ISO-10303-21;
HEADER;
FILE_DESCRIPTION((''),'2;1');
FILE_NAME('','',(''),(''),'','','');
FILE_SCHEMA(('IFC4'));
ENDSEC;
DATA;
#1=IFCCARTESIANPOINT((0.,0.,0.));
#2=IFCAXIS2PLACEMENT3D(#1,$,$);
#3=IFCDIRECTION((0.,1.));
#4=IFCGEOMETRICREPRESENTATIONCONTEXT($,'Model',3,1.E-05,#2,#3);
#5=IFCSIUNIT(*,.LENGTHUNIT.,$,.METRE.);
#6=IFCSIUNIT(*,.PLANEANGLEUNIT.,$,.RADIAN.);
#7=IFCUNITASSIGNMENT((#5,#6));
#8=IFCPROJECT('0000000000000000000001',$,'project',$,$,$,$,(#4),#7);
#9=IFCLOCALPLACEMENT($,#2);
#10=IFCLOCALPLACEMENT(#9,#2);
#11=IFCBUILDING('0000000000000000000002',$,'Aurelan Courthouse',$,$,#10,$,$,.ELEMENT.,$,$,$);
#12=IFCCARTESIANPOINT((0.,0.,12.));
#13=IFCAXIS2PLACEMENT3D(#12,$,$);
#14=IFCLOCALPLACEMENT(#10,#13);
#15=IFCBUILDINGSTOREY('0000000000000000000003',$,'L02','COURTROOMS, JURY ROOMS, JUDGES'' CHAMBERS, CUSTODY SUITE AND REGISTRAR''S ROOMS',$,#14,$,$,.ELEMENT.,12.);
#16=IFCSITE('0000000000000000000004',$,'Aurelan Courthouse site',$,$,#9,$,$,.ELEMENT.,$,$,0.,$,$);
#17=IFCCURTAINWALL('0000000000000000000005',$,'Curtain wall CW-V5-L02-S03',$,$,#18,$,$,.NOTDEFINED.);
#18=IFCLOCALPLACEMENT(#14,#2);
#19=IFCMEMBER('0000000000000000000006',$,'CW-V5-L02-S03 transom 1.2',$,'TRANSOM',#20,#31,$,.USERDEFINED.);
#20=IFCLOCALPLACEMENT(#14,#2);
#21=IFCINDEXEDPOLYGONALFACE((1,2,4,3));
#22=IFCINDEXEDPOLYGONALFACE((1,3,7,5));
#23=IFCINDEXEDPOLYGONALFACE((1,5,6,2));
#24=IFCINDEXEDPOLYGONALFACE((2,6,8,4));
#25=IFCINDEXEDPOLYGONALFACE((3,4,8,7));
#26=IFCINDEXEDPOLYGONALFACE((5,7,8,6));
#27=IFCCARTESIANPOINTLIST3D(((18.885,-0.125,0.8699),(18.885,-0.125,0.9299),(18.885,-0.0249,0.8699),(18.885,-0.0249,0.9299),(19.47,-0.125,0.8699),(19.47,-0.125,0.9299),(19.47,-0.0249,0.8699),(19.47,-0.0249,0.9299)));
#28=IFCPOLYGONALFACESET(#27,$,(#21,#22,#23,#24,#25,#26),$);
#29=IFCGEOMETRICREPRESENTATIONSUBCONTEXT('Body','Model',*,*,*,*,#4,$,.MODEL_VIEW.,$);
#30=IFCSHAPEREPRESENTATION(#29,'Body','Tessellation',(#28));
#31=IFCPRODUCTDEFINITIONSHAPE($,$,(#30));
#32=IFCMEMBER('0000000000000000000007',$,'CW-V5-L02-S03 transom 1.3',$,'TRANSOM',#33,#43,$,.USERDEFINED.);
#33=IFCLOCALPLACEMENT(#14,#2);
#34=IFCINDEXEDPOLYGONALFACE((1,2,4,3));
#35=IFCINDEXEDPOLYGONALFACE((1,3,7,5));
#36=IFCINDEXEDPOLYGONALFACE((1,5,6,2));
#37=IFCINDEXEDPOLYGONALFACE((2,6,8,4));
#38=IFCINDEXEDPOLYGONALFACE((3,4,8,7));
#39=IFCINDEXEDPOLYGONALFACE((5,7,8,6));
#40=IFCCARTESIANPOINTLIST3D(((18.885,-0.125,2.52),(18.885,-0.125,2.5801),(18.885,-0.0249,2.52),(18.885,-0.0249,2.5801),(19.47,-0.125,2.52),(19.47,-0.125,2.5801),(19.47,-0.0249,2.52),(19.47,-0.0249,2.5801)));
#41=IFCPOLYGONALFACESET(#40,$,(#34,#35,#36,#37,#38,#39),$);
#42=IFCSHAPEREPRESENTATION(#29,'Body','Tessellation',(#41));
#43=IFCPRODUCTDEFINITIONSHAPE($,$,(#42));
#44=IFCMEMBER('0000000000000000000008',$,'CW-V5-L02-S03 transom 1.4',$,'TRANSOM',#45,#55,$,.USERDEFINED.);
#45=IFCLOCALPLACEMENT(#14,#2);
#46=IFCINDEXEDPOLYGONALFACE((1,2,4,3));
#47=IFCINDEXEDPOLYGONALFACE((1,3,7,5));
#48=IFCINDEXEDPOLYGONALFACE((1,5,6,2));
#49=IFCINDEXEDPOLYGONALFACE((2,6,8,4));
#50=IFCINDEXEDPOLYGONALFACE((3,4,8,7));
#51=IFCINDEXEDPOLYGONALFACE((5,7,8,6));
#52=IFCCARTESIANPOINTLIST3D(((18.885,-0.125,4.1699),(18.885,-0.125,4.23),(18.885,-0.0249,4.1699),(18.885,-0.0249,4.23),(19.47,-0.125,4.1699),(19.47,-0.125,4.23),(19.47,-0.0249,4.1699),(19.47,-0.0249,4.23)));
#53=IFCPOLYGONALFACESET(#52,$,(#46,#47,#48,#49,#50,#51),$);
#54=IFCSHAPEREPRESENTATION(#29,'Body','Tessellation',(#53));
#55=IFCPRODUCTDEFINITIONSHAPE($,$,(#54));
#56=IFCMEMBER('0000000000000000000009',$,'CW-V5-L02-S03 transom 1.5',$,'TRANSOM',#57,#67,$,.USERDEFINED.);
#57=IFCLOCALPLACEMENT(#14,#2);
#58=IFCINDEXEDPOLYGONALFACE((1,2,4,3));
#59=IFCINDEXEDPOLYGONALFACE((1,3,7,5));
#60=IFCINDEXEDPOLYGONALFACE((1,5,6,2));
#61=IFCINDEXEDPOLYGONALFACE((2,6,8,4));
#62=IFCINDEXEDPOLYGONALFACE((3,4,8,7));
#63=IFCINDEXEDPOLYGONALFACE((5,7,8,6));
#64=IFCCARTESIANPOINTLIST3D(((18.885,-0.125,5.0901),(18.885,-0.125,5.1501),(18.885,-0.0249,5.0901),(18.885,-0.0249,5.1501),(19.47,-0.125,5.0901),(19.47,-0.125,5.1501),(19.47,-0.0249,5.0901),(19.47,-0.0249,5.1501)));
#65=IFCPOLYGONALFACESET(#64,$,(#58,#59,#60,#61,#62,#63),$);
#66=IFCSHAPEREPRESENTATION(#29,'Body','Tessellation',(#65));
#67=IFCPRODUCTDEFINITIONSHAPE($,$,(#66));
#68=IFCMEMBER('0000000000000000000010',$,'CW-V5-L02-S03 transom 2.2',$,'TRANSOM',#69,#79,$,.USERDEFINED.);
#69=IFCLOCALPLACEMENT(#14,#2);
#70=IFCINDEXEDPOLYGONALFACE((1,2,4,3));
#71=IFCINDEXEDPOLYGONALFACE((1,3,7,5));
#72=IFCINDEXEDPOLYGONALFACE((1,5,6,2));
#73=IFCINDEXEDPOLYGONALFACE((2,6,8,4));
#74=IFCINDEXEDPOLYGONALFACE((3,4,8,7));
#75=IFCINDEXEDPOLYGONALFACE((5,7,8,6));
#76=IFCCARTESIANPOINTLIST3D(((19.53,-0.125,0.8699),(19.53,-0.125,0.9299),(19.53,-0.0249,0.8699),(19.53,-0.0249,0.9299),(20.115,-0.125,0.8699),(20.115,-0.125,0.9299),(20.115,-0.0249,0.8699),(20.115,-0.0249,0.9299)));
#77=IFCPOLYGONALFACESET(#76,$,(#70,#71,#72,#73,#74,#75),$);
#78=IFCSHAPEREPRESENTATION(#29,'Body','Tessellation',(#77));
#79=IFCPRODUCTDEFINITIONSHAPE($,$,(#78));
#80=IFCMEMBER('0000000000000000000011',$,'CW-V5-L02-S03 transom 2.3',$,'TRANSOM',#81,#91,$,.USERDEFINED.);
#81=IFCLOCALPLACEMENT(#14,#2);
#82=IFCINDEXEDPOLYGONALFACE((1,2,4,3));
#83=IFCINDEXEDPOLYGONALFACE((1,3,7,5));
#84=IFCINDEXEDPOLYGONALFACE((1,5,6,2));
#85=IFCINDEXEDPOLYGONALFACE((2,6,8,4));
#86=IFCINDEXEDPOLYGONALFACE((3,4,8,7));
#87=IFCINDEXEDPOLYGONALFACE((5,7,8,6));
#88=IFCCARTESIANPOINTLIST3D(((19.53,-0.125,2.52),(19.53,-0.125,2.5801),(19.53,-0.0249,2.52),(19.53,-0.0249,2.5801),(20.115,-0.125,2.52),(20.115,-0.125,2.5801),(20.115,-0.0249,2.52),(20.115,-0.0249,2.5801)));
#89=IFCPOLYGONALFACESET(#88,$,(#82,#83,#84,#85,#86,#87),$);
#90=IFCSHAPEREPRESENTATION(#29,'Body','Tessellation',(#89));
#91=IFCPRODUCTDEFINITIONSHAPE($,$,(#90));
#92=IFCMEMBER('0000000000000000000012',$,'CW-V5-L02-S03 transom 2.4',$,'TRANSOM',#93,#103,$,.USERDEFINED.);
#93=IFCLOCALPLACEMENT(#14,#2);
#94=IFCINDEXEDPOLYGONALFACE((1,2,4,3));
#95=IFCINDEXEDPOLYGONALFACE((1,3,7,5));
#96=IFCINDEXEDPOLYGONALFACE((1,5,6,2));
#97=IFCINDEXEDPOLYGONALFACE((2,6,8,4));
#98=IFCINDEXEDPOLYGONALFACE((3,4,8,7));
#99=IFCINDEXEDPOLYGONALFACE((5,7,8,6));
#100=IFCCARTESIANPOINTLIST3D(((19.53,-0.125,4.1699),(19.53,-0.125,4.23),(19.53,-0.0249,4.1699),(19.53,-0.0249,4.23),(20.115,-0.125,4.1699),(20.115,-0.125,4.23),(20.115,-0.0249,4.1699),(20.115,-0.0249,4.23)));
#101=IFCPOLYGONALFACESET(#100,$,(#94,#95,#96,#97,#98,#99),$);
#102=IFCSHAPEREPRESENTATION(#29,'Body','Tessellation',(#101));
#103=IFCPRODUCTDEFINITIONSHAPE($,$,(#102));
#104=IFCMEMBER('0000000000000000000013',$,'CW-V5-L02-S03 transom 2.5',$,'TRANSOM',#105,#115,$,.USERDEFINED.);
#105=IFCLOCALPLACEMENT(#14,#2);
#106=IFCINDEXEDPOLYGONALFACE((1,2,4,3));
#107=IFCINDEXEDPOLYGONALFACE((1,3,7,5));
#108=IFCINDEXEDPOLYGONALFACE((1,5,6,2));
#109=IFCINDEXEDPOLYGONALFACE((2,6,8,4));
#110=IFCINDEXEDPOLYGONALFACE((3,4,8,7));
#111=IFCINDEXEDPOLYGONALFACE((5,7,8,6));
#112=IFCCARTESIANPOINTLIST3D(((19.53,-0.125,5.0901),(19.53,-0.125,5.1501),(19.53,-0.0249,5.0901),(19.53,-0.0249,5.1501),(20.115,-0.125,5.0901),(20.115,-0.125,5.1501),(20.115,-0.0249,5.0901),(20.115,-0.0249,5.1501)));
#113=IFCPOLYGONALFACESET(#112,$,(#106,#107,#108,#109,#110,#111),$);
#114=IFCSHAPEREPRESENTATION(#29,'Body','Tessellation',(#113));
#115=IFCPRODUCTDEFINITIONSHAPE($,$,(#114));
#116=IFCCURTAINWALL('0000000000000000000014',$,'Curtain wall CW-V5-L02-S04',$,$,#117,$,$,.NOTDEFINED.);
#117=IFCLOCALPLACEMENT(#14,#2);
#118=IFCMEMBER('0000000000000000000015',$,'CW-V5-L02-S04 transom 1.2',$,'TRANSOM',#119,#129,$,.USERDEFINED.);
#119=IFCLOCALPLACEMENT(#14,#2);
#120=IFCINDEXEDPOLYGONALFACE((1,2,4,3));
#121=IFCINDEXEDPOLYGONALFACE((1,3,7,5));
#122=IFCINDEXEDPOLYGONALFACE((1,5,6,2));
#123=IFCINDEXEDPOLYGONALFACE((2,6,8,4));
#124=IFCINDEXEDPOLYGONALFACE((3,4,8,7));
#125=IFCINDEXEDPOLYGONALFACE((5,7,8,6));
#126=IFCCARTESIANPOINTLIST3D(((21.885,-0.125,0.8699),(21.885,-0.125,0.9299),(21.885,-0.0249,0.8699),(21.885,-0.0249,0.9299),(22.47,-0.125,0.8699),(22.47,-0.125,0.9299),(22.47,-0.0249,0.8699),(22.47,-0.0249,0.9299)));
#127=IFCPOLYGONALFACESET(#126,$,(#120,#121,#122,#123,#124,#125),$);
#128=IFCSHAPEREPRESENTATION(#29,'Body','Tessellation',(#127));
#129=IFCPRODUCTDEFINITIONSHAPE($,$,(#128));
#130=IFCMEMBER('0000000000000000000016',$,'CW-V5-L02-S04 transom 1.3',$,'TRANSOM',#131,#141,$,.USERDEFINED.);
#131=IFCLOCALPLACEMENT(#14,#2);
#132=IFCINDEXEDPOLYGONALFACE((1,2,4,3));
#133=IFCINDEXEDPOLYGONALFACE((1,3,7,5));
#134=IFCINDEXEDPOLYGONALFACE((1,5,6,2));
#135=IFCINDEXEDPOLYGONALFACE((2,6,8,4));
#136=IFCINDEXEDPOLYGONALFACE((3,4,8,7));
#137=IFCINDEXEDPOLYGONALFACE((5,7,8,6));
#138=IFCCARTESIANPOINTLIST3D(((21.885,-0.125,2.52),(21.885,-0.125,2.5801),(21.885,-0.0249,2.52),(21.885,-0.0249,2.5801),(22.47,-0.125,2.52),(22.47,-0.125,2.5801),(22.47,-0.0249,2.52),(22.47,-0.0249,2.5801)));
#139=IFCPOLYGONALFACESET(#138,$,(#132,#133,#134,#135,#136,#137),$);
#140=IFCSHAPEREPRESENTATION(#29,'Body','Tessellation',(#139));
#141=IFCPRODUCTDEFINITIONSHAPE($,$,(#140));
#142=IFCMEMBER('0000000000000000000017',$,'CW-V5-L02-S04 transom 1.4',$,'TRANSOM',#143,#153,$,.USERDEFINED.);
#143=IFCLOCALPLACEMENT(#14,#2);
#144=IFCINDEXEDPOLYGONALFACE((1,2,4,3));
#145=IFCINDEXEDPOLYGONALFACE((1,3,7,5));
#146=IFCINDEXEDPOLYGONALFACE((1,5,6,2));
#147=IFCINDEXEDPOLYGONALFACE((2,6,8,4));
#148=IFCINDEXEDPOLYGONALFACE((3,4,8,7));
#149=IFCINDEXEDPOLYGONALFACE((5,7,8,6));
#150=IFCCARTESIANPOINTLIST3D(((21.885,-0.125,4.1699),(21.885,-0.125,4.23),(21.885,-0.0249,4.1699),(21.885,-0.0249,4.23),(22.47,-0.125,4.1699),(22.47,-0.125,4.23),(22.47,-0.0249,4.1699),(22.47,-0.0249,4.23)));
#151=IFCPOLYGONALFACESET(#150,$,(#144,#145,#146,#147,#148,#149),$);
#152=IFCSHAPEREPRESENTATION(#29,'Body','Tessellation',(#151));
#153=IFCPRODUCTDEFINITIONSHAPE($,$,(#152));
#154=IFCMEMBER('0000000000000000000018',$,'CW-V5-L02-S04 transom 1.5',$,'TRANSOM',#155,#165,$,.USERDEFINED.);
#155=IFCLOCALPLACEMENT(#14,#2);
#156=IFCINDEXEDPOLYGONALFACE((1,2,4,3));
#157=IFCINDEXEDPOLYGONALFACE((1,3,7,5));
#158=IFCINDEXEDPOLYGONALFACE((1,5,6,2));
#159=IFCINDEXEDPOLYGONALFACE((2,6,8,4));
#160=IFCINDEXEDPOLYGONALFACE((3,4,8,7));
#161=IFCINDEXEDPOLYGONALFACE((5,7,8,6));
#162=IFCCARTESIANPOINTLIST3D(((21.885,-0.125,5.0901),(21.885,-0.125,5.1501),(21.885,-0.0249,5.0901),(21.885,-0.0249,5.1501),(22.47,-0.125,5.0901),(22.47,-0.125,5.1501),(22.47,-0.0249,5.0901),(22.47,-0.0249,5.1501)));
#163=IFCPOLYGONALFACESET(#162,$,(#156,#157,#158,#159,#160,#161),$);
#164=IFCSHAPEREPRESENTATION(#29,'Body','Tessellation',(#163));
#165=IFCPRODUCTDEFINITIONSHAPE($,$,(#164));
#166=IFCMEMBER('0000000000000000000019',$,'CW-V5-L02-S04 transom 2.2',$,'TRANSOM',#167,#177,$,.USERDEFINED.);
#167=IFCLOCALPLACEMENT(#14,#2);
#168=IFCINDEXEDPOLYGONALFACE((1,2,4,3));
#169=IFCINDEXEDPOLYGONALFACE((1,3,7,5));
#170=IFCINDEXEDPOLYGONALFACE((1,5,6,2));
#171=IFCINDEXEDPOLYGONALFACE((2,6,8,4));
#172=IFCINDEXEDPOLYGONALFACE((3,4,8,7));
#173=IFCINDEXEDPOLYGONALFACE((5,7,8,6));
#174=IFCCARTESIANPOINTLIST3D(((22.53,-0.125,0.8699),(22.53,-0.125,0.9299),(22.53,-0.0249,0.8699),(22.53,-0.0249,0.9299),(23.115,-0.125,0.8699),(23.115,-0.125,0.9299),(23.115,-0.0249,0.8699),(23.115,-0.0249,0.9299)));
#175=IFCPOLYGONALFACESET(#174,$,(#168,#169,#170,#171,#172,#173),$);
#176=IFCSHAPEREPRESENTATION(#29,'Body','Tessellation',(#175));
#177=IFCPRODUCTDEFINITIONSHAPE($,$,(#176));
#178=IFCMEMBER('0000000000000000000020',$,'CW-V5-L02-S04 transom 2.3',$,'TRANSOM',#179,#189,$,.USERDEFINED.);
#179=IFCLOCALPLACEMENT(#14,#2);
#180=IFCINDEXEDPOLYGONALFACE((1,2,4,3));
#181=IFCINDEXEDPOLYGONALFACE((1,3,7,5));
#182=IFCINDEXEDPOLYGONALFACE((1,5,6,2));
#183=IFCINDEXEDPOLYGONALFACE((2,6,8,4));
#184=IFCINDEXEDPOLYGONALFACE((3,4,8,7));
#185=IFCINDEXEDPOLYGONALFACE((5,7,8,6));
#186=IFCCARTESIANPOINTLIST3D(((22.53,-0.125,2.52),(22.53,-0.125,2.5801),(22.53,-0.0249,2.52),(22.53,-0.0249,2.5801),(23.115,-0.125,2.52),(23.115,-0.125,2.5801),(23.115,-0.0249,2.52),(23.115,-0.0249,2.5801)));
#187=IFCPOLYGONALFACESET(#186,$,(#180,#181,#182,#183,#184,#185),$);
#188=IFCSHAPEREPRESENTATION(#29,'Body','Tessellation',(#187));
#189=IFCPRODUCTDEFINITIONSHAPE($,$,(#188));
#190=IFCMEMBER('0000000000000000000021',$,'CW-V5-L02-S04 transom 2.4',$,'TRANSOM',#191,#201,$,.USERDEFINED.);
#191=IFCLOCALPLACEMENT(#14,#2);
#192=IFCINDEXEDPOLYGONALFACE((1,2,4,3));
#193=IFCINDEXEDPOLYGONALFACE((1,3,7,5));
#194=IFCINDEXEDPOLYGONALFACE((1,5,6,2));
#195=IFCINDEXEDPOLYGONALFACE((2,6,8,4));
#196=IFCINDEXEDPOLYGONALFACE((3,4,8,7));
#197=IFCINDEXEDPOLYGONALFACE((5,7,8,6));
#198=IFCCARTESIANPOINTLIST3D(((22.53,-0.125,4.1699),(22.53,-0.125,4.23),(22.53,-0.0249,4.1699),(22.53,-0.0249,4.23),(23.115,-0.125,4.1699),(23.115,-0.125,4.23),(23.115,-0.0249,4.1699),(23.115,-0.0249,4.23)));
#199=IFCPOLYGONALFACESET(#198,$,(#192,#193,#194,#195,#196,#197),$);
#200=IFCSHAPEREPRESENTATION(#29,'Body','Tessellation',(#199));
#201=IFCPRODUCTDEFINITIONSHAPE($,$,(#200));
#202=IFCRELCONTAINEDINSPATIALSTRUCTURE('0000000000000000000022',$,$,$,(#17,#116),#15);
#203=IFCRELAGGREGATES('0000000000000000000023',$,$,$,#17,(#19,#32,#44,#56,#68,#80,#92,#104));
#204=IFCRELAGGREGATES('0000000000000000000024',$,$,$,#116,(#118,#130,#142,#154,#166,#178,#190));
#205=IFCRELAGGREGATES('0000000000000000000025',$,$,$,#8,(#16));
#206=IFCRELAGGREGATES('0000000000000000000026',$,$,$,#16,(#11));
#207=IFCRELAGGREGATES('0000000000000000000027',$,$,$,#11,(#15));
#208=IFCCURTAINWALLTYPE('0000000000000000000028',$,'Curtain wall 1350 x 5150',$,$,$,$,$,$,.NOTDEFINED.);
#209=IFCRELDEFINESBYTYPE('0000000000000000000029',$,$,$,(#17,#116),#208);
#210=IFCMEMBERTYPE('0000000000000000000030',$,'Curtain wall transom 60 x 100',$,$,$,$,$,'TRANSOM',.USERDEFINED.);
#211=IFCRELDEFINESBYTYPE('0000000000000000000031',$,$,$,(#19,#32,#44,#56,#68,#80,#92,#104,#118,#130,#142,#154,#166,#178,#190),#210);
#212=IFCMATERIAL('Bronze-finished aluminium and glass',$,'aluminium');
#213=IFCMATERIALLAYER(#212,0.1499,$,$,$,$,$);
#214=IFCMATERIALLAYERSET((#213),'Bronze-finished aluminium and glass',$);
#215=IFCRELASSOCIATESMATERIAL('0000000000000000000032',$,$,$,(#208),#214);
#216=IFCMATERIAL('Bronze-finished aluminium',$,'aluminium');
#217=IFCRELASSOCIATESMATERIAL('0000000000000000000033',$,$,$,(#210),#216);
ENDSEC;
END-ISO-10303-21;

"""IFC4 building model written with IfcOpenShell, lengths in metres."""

from ifc_helpers import new_model, si_unit, direction, frame, origin, origin_2d, place, context, subcontext, project, spatial, rectangle, extrude, material, layer, layer_set, material_profile, profile_set, type_object, element, aggregate, save


model = new_model("IFC4")

# Units and contexts
model_context = context("Model", 3, precision=1e-05, world=origin(), true_north=direction((0.0, 1.0)))
body_context = subcontext(model_context, "Body", "Model", "MODEL_VIEW")
ifc_project = project(units=[si_unit("LENGTHUNIT", "METRE"), si_unit("PLANEANGLEUNIT", "RADIAN")], contexts=[model_context])

# Site, building, storey
site_placement = place(None, origin())
site = spatial("IfcSite", under=ifc_project, at=site_placement, Name="Aurelan Courthouse site", CompositionType="ELEMENT", RefElevation=0.0)
building_placement = place(site_placement, origin())
building = spatial("IfcBuilding", under=site, at=building_placement, Name="Aurelan Courthouse", CompositionType="ELEMENT")
storey_placement = place(building_placement, frame((0.0, 0.0, 12.0)))
storey = spatial("IfcBuildingStorey", under=building, at=storey_placement, Name="L02", Description="COURTROOMS, JURY ROOMS, JUDGES' CHAMBERS, CUSTODY SUITE AND REGISTRAR'S ROOMS", CompositionType="ELEMENT", Elevation=12.0)

# Curtain walls, members
ifc_material_1 = material(Name="Bronze-finished aluminium and glass", Category="aluminium")
ifc_layer_1 = layer(ifc_material_1, 0.1499)
ifc_layer_set_1 = layer_set([ifc_layer_1], Name="Bronze-finished aluminium and glass")
curtain_wall_type = type_object("IfcCurtainWallType", Name="Curtain wall 1350 x 5150", PredefinedType="NOTDEFINED", material=ifc_layer_set_1)
curtain_wall_1_placement = place(storey_placement, origin())
curtain_wall_1 = element("IfcCurtainWall", 1, at=curtain_wall_1_placement, inside=storey, type_object=curtain_wall_type, Name="Curtain wall CW-V5-L02-S03", PredefinedType="NOTDEFINED")
ifc_material_2 = material(Name="Bronze-finished aluminium", Category="aluminium")
ifc_material_profile = material_profile(ifc_material_2, rectangle(XDim=0.1001, YDim=0.0601, at=origin_2d()), Name="Bronze transom 60 x 100")
ifc_profile_set = profile_set([ifc_material_profile], Name="Bronze-finished aluminium")
member_type = type_object("IfcMemberType", Name="Curtain wall transom 60 x 100", ElementType="TRANSOM", PredefinedType="USERDEFINED", material=ifc_profile_set)
member_1_placement = place(storey_placement, frame((18.885, -0.075, 0.8999), z_axis=(1.0, 0.0, 0.0), x_axis=(0.0, 1.0, 0.0)))
member_1 = element("IfcMember", 2, at=member_1_placement, type_object=member_type, Name="CW-V5-L02-S03 transom 1.2", ObjectType="TRANSOM", PredefinedType="USERDEFINED", context=body_context, shape_type="SweptSolid", body=[
    extrude(rectangle(XDim=0.1001, YDim=0.0601, at=origin_2d()), origin(), (0.0, 0.0, 1.0), 0.585),
])
member_2_placement = place(storey_placement, frame((18.885, -0.075, 2.55), z_axis=(1.0, 0.0, 0.0), x_axis=(0.0, 1.0, 0.0)))
member_2 = element("IfcMember", 3, at=member_2_placement, type_object=member_type, Name="CW-V5-L02-S03 transom 1.3", ObjectType="TRANSOM", PredefinedType="USERDEFINED", context=body_context, shape_type="SweptSolid", body=[
    extrude(rectangle(XDim=0.1001, YDim=0.0601, at=origin_2d()), origin(), (0.0, 0.0, 1.0), 0.585),
])
member_3_placement = place(storey_placement, frame((18.885, -0.075, 4.2), z_axis=(1.0, 0.0, 0.0), x_axis=(0.0, 1.0, 0.0)))
member_3 = element("IfcMember", 4, at=member_3_placement, type_object=member_type, Name="CW-V5-L02-S03 transom 1.4", ObjectType="TRANSOM", PredefinedType="USERDEFINED", context=body_context, shape_type="SweptSolid", body=[
    extrude(rectangle(XDim=0.1001, YDim=0.0601, at=origin_2d()), origin(), (0.0, 0.0, 1.0), 0.585),
])
member_4_placement = place(storey_placement, frame((18.885, -0.075, 5.1201), z_axis=(1.0, 0.0, 0.0), x_axis=(0.0, 1.0, 0.0)))
member_4 = element("IfcMember", 5, at=member_4_placement, type_object=member_type, Name="CW-V5-L02-S03 transom 1.5", ObjectType="TRANSOM", PredefinedType="USERDEFINED", context=body_context, shape_type="SweptSolid", body=[
    extrude(rectangle(XDim=0.1001, YDim=0.0601, at=origin_2d()), origin(), (0.0, 0.0, 1.0), 0.585),
])
member_5_placement = place(storey_placement, frame((19.53, -0.075, 0.8999), z_axis=(1.0, 0.0, 0.0), x_axis=(0.0, 1.0, 0.0)))
member_5 = element("IfcMember", 6, at=member_5_placement, type_object=member_type, Name="CW-V5-L02-S03 transom 2.2", ObjectType="TRANSOM", PredefinedType="USERDEFINED", context=body_context, shape_type="SweptSolid", body=[
    extrude(rectangle(XDim=0.1001, YDim=0.0601, at=origin_2d()), origin(), (0.0, 0.0, 1.0), 0.585),
])
member_6_placement = place(storey_placement, frame((19.53, -0.075, 2.55), z_axis=(1.0, 0.0, 0.0), x_axis=(0.0, 1.0, 0.0)))
member_6 = element("IfcMember", 7, at=member_6_placement, type_object=member_type, Name="CW-V5-L02-S03 transom 2.3", ObjectType="TRANSOM", PredefinedType="USERDEFINED", context=body_context, shape_type="SweptSolid", body=[
    extrude(rectangle(XDim=0.1001, YDim=0.0601, at=origin_2d()), origin(), (0.0, 0.0, 1.0), 0.585),
])
member_7_placement = place(storey_placement, frame((19.53, -0.075, 4.2), z_axis=(1.0, 0.0, 0.0), x_axis=(0.0, 1.0, 0.0)))
member_7 = element("IfcMember", 8, at=member_7_placement, type_object=member_type, Name="CW-V5-L02-S03 transom 2.4", ObjectType="TRANSOM", PredefinedType="USERDEFINED", context=body_context, shape_type="SweptSolid", body=[
    extrude(rectangle(XDim=0.1001, YDim=0.0601, at=origin_2d()), origin(), (0.0, 0.0, 1.0), 0.585),
])
member_8_placement = place(storey_placement, frame((19.53, -0.075, 5.1201), z_axis=(1.0, 0.0, 0.0), x_axis=(0.0, 1.0, 0.0)))
member_8 = element("IfcMember", 9, at=member_8_placement, type_object=member_type, Name="CW-V5-L02-S03 transom 2.5", ObjectType="TRANSOM", PredefinedType="USERDEFINED", context=body_context, shape_type="SweptSolid", body=[
    extrude(rectangle(XDim=0.1001, YDim=0.0601, at=origin_2d()), origin(), (0.0, 0.0, 1.0), 0.585),
])
curtain_wall_2_placement = place(storey_placement, origin())
curtain_wall_2 = element("IfcCurtainWall", 10, at=curtain_wall_2_placement, inside=storey, type_object=curtain_wall_type, Name="Curtain wall CW-V5-L02-S04", PredefinedType="NOTDEFINED")
member_9_placement = place(storey_placement, frame((21.885, -0.075, 0.8999), z_axis=(1.0, 0.0, 0.0), x_axis=(0.0, 1.0, 0.0)))
member_9 = element("IfcMember", 11, at=member_9_placement, type_object=member_type, Name="CW-V5-L02-S04 transom 1.2", ObjectType="TRANSOM", PredefinedType="USERDEFINED", context=body_context, shape_type="SweptSolid", body=[
    extrude(rectangle(XDim=0.1001, YDim=0.0601, at=origin_2d()), origin(), (0.0, 0.0, 1.0), 0.585),
])
member_10_placement = place(storey_placement, frame((21.885, -0.075, 2.55), z_axis=(1.0, 0.0, 0.0), x_axis=(0.0, 1.0, 0.0)))
member_10 = element("IfcMember", 12, at=member_10_placement, type_object=member_type, Name="CW-V5-L02-S04 transom 1.3", ObjectType="TRANSOM", PredefinedType="USERDEFINED", context=body_context, shape_type="SweptSolid", body=[
    extrude(rectangle(XDim=0.1001, YDim=0.0601, at=origin_2d()), origin(), (0.0, 0.0, 1.0), 0.585),
])
member_11_placement = place(storey_placement, frame((21.885, -0.075, 4.2), z_axis=(1.0, 0.0, 0.0), x_axis=(0.0, 1.0, 0.0)))
member_11 = element("IfcMember", 13, at=member_11_placement, type_object=member_type, Name="CW-V5-L02-S04 transom 1.4", ObjectType="TRANSOM", PredefinedType="USERDEFINED", context=body_context, shape_type="SweptSolid", body=[
    extrude(rectangle(XDim=0.1001, YDim=0.0601, at=origin_2d()), origin(), (0.0, 0.0, 1.0), 0.585),
])
member_12_placement = place(storey_placement, frame((21.885, -0.075, 5.1201), z_axis=(1.0, 0.0, 0.0), x_axis=(0.0, 1.0, 0.0)))
member_12 = element("IfcMember", 14, at=member_12_placement, type_object=member_type, Name="CW-V5-L02-S04 transom 1.5", ObjectType="TRANSOM", PredefinedType="USERDEFINED", context=body_context, shape_type="SweptSolid", body=[
    extrude(rectangle(XDim=0.1001, YDim=0.0601, at=origin_2d()), origin(), (0.0, 0.0, 1.0), 0.585),
])
member_13_placement = place(storey_placement, frame((22.53, -0.075, 0.8999), z_axis=(1.0, 0.0, 0.0), x_axis=(0.0, 1.0, 0.0)))
member_13 = element("IfcMember", 15, at=member_13_placement, type_object=member_type, Name="CW-V5-L02-S04 transom 2.2", ObjectType="TRANSOM", PredefinedType="USERDEFINED", context=body_context, shape_type="SweptSolid", body=[
    extrude(rectangle(XDim=0.1001, YDim=0.0601, at=origin_2d()), origin(), (0.0, 0.0, 1.0), 0.585),
])
member_14_placement = place(storey_placement, frame((22.53, -0.075, 2.55), z_axis=(1.0, 0.0, 0.0), x_axis=(0.0, 1.0, 0.0)))
member_14 = element("IfcMember", 16, at=member_14_placement, type_object=member_type, Name="CW-V5-L02-S04 transom 2.3", ObjectType="TRANSOM", PredefinedType="USERDEFINED", context=body_context, shape_type="SweptSolid", body=[
    extrude(rectangle(XDim=0.1001, YDim=0.0601, at=origin_2d()), origin(), (0.0, 0.0, 1.0), 0.585),
])
member_15_placement = place(storey_placement, frame((22.53, -0.075, 4.2), z_axis=(1.0, 0.0, 0.0), x_axis=(0.0, 1.0, 0.0)))
member_15 = element("IfcMember", 17, at=member_15_placement, type_object=member_type, Name="CW-V5-L02-S04 transom 2.4", ObjectType="TRANSOM", PredefinedType="USERDEFINED", context=body_context, shape_type="SweptSolid", body=[
    extrude(rectangle(XDim=0.1001, YDim=0.0601, at=origin_2d()), origin(), (0.0, 0.0, 1.0), 0.585),
])

aggregate(curtain_wall_1, [member_1, member_2, member_3, member_4, member_5, member_6, member_7, member_8])
aggregate(curtain_wall_2, [member_9, member_10, member_11, member_12, member_13, member_14, member_15])

save(model, "model.ifc")
